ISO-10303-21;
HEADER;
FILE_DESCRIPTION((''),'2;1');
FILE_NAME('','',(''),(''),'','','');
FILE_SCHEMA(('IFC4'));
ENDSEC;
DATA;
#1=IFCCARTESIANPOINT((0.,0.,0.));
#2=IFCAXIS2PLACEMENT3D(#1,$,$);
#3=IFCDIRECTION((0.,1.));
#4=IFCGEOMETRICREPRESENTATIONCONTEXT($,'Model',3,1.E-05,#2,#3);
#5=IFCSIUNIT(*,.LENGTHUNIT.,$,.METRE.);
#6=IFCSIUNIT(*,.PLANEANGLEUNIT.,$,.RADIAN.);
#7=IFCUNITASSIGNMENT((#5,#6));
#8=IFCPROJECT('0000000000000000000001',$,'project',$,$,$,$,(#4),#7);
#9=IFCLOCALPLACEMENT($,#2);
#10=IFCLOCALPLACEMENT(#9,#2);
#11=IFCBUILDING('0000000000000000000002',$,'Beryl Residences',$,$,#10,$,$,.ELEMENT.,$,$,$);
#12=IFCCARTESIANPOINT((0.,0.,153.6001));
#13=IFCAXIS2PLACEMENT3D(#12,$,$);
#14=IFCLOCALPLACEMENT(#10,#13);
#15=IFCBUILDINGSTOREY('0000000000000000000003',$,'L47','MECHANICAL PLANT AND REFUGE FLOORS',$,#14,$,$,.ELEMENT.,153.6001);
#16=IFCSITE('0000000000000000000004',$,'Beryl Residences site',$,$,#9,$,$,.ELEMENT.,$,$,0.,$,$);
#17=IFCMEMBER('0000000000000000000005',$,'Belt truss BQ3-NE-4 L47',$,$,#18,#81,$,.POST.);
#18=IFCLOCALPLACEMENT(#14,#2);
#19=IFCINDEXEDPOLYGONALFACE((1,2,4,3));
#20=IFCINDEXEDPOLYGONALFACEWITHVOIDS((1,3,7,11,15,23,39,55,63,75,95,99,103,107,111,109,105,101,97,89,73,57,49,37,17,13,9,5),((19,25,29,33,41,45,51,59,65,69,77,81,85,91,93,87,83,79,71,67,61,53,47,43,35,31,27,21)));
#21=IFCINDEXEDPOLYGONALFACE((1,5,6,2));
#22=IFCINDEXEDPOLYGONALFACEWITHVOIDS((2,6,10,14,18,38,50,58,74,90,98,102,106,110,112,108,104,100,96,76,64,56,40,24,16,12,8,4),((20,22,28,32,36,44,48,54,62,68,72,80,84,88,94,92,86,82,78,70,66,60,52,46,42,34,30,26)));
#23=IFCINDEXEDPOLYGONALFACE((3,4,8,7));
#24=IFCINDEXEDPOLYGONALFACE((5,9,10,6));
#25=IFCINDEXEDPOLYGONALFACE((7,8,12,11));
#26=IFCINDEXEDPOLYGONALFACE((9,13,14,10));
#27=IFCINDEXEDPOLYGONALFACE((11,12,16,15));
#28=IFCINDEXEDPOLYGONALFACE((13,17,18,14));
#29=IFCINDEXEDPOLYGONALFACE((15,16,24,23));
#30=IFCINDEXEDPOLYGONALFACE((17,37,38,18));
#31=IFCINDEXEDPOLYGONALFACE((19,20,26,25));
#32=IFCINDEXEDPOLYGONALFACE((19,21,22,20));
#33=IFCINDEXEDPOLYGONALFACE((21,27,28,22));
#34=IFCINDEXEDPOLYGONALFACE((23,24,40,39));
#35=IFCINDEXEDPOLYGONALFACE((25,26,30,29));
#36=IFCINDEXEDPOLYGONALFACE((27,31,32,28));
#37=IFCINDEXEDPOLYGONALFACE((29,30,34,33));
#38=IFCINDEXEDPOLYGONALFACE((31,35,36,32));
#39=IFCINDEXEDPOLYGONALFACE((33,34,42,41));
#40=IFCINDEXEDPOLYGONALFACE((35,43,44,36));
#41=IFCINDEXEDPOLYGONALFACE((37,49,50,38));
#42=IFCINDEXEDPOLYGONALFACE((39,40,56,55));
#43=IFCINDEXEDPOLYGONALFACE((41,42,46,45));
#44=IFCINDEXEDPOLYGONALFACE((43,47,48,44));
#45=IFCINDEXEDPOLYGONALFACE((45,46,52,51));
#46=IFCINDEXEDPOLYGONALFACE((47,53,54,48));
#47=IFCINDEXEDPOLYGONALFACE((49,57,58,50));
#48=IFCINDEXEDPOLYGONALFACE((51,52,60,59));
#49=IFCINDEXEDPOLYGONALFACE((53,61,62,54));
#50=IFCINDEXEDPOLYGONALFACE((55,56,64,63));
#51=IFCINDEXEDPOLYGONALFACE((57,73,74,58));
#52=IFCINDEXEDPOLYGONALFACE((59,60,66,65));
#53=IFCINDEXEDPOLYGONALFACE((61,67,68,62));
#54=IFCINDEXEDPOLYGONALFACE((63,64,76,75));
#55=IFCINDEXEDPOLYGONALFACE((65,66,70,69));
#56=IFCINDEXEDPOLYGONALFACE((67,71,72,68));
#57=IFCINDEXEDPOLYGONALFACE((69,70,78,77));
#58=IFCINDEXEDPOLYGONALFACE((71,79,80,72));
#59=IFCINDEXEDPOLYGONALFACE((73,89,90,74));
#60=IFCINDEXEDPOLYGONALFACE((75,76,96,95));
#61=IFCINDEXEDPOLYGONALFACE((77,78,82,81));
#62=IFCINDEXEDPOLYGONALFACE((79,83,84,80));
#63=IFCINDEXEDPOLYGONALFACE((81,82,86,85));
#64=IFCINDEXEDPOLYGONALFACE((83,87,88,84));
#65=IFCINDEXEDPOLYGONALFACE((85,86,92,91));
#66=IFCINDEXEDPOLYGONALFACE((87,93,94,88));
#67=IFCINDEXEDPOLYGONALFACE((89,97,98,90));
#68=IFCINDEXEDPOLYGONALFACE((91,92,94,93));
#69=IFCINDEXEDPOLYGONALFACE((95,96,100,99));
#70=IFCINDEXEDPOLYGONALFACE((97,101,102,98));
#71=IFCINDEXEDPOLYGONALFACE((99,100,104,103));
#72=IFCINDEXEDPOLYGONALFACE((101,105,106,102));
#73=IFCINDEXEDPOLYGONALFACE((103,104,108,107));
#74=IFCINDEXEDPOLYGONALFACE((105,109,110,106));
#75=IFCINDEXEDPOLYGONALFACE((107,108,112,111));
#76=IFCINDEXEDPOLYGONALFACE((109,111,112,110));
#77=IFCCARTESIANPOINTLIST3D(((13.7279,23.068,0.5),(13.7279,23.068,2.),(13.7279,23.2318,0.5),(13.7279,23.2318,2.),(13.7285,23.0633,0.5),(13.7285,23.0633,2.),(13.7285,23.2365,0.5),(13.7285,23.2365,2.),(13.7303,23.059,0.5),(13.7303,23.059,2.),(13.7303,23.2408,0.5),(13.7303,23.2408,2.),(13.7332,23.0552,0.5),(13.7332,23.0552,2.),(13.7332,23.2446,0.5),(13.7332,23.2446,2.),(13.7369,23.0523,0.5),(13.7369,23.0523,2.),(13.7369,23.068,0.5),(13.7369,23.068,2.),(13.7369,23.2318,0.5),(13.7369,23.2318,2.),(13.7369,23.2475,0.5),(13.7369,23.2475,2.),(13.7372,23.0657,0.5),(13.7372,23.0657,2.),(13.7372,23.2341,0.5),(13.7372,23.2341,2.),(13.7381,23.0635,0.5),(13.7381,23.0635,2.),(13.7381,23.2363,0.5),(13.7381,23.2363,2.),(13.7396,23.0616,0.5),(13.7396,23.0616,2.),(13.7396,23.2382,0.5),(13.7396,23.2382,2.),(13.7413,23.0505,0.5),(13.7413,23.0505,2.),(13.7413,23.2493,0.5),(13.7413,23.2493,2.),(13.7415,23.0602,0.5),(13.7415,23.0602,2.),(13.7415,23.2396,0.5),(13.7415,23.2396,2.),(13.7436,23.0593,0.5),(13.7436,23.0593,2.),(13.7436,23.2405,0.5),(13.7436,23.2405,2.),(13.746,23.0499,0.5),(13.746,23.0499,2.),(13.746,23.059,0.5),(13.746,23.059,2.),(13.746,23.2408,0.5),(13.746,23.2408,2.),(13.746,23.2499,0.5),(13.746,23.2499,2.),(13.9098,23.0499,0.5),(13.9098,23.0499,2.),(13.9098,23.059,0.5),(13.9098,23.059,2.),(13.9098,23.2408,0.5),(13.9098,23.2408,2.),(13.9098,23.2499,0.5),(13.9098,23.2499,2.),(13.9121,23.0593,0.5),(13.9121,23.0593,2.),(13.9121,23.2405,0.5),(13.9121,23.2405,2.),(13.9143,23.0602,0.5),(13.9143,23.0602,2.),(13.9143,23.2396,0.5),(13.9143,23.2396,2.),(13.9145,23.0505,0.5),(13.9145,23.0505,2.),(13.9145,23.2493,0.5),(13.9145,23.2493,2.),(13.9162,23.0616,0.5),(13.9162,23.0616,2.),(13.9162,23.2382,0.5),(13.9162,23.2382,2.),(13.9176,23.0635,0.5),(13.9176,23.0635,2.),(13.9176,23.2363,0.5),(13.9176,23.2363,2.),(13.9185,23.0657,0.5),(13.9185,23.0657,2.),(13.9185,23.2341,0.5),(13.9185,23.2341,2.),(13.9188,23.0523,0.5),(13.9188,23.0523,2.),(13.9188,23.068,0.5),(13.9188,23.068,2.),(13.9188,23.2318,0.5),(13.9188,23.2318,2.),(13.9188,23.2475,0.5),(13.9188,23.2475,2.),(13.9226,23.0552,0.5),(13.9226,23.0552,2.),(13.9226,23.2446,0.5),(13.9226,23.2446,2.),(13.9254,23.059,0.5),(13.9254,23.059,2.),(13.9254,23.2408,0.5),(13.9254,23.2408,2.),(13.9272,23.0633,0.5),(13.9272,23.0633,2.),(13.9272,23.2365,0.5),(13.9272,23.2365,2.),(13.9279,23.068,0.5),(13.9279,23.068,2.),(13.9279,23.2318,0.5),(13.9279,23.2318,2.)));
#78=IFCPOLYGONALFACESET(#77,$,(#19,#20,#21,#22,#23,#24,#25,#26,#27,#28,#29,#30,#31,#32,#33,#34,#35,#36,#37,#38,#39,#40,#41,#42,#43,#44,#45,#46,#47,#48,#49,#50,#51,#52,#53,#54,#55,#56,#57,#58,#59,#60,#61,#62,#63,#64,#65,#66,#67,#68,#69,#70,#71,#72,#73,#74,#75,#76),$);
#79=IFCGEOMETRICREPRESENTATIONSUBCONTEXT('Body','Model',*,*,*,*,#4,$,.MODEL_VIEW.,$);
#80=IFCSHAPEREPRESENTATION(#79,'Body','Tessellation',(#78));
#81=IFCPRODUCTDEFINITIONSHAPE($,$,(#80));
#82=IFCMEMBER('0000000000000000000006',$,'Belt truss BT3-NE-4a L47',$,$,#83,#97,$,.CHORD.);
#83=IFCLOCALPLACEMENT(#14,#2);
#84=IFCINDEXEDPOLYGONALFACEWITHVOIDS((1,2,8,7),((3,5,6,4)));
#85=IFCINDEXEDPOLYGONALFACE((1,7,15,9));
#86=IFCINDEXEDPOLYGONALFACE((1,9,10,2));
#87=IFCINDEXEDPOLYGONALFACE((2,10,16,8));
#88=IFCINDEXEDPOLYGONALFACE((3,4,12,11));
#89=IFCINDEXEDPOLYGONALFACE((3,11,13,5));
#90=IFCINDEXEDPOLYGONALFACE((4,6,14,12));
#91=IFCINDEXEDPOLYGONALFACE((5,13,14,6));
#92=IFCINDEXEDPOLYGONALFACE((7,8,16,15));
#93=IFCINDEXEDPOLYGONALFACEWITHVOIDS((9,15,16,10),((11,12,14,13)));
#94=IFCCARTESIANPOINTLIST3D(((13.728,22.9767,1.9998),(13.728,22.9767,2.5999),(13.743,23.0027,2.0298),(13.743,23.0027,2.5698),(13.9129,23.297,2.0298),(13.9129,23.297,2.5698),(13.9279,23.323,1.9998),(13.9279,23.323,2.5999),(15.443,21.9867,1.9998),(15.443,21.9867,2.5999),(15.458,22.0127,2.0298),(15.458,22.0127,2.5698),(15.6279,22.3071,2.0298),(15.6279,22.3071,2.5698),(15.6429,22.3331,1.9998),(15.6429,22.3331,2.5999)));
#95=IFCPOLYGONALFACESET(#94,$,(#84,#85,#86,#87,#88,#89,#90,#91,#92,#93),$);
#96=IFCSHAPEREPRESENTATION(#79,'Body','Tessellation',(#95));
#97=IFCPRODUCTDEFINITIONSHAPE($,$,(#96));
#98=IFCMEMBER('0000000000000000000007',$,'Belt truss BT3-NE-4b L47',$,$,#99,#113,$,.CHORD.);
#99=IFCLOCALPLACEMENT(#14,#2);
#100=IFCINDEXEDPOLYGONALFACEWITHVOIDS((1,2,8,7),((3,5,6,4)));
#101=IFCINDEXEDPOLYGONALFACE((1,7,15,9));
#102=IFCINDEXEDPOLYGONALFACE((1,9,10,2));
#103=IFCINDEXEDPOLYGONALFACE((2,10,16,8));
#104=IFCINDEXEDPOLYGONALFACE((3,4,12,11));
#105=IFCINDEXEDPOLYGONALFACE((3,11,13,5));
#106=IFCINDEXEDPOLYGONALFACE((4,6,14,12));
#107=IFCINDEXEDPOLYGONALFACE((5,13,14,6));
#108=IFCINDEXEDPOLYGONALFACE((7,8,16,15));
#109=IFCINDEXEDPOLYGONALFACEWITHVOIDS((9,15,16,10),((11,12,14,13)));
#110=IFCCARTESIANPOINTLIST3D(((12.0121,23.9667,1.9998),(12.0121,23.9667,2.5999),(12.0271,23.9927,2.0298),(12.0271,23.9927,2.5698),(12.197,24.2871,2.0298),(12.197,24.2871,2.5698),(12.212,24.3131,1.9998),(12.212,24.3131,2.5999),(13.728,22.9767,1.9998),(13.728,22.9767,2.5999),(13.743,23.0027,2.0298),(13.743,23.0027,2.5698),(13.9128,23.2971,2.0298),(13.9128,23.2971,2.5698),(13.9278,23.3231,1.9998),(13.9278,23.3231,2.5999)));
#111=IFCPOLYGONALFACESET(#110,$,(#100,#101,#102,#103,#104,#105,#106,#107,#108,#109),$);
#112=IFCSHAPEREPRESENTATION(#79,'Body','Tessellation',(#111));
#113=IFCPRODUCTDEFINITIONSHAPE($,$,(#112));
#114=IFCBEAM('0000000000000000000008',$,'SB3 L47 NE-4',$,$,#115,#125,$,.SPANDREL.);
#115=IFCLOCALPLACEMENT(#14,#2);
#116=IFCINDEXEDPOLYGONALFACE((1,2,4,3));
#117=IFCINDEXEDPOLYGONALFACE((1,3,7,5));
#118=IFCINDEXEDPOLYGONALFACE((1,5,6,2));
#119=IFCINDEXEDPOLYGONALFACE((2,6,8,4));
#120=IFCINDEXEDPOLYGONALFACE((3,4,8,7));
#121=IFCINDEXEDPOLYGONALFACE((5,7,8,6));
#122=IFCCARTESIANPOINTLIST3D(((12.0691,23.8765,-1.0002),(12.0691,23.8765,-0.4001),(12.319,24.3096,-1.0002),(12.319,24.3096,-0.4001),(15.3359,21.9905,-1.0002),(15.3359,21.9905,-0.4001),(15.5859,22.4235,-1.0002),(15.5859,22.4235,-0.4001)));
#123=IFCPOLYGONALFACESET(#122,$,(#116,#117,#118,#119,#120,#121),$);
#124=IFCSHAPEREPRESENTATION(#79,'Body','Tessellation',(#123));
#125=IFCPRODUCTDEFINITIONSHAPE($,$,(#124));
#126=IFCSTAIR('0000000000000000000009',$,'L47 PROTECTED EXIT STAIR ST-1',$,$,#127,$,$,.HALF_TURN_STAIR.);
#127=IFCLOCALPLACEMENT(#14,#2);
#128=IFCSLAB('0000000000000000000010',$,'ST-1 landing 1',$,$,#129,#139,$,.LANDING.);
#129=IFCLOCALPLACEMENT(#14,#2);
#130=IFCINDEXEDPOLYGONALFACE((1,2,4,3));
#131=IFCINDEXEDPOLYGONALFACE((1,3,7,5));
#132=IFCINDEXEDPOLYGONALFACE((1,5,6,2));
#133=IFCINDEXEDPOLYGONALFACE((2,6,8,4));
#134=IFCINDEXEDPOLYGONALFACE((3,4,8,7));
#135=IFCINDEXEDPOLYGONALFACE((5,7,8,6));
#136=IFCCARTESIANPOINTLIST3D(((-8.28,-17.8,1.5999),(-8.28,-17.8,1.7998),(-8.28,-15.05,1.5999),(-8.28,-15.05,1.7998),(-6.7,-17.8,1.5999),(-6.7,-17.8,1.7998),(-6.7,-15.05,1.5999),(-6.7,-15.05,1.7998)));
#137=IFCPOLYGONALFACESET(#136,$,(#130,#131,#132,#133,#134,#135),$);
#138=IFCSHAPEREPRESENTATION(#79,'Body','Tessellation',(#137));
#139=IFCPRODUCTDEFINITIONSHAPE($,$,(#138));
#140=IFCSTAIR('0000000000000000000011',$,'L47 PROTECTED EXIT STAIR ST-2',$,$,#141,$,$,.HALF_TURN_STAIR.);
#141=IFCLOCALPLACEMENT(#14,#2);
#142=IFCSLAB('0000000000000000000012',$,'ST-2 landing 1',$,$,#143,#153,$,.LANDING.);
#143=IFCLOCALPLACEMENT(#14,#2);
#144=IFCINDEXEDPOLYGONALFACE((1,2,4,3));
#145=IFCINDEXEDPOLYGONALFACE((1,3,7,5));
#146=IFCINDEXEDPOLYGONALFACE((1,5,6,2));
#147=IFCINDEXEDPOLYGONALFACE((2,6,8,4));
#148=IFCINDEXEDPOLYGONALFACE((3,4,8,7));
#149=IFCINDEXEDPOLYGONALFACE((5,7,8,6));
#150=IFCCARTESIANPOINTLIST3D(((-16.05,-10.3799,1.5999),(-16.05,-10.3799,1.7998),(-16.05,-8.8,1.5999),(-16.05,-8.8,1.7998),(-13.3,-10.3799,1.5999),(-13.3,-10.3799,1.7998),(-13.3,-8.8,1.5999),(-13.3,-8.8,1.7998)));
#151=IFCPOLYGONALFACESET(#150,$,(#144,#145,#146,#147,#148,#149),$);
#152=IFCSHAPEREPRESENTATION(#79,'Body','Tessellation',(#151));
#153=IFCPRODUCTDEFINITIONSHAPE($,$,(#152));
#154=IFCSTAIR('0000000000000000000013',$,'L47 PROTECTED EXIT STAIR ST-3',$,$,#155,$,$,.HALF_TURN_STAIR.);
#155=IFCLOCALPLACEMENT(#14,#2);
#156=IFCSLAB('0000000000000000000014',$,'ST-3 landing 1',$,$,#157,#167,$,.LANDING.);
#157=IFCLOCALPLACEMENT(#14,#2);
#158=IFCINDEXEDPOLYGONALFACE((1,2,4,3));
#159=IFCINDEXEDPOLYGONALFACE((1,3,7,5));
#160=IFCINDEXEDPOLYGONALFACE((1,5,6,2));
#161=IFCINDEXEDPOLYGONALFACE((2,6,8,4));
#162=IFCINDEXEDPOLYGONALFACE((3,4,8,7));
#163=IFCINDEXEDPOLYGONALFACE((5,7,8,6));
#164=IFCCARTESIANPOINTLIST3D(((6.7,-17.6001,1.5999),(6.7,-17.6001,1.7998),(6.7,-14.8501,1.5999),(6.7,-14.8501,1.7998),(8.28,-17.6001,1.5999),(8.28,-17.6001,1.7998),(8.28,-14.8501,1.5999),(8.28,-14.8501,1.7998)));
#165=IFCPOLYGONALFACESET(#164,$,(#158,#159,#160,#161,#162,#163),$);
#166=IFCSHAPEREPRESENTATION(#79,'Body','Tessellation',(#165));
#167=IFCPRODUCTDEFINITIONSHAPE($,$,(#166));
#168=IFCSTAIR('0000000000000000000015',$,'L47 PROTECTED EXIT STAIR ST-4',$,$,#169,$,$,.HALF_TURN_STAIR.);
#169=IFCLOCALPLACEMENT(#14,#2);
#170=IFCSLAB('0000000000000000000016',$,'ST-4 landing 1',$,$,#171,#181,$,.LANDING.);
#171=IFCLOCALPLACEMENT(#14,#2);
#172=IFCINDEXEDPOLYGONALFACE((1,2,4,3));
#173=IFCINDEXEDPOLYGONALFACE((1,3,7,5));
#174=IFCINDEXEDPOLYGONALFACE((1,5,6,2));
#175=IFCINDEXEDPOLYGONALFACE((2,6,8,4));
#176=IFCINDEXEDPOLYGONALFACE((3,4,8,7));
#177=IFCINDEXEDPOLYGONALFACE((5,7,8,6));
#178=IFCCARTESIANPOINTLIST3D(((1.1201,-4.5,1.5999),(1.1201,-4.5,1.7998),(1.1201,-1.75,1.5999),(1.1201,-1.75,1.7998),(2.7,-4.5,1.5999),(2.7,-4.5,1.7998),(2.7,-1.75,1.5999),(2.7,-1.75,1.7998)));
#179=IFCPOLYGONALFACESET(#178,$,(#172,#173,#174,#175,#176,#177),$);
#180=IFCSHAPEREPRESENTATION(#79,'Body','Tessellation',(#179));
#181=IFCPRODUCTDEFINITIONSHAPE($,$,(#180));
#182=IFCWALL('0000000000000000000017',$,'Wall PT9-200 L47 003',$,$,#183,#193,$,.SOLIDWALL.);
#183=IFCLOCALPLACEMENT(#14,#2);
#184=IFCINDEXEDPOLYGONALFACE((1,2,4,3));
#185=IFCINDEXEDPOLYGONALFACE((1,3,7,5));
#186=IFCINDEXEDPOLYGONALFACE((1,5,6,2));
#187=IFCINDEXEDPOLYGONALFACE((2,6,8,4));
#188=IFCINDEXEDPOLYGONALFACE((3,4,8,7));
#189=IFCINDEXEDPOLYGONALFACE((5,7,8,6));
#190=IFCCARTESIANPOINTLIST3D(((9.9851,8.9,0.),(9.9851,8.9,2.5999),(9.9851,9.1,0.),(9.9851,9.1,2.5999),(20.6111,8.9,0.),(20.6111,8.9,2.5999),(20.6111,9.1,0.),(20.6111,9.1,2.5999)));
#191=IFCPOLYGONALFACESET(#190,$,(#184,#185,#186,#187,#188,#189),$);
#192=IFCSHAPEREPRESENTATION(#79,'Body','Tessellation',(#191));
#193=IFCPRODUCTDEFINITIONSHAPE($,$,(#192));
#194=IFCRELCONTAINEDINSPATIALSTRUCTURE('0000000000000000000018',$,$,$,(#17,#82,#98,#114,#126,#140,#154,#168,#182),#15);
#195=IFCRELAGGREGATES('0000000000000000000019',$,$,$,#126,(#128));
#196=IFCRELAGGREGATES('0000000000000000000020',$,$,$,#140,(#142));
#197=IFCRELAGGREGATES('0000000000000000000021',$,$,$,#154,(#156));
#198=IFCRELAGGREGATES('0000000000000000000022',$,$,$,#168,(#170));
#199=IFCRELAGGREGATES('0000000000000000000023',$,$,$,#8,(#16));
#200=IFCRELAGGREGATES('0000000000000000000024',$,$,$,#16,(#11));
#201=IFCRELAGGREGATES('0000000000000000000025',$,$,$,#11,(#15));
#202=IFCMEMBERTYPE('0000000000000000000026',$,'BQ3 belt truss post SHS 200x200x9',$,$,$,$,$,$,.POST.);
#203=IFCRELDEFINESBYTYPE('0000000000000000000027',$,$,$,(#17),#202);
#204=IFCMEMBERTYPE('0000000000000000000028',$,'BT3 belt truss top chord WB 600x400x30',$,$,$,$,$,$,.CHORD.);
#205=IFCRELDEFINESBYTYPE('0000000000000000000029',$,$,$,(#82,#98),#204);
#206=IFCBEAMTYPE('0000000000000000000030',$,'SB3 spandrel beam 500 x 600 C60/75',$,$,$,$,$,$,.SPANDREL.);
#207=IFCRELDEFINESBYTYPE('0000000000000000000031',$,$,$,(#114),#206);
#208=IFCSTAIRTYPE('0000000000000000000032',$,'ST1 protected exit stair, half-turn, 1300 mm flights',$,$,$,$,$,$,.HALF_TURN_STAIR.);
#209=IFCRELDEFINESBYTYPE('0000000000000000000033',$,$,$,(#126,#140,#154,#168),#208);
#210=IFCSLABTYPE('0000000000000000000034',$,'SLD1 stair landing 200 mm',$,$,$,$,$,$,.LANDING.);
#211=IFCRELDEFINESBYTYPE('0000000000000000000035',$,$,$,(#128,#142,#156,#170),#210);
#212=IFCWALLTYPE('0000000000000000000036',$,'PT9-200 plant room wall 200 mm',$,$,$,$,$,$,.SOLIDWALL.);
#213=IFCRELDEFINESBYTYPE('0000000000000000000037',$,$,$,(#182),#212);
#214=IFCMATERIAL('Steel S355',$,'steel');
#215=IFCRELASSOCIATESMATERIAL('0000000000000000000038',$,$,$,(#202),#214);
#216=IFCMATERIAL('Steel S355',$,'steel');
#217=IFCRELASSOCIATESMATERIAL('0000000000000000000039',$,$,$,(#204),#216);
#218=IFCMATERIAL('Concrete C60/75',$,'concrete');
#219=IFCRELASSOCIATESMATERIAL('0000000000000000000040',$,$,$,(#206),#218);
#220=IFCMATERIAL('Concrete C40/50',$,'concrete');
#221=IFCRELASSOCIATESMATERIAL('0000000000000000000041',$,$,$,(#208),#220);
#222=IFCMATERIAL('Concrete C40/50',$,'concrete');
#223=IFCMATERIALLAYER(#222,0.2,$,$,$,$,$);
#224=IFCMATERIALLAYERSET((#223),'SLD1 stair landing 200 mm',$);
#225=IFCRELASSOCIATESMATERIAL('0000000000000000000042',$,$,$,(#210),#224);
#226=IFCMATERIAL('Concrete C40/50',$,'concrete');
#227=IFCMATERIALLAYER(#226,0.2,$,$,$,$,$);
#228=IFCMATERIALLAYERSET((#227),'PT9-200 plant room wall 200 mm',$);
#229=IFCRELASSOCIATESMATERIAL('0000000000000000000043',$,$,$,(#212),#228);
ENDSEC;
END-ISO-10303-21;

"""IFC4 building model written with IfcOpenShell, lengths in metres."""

from ifc_helpers import new_model, si_unit, direction, frame, frame_2d, origin, origin_2d, place, context, subcontext, project, spatial, polyline, rectangle, hollow_rectangle, outline, extrude, material, layer, layer_set, material_profile, profile_set, type_object, element, aggregate, save


model = new_model("IFC4")

# Units and contexts
model_context = context("Model", 3, precision=1e-05, world=origin(), true_north=direction((0.0, 1.0)))
body_context = subcontext(model_context, "Body", "Model", "MODEL_VIEW")
ifc_project = project(units=[si_unit("LENGTHUNIT", "METRE"), si_unit("PLANEANGLEUNIT", "RADIAN")], contexts=[model_context])

# Site, building, storey
site_placement = place(None, origin())
site = spatial("IfcSite", under=ifc_project, at=site_placement, Name="Beryl Residences site", CompositionType="ELEMENT", RefElevation=0.0)
building_placement = place(site_placement, origin())
building = spatial("IfcBuilding", under=site, at=building_placement, Name="Beryl Residences", CompositionType="ELEMENT")
storey_placement = place(building_placement, frame((0.0, 0.0, 153.6001)))
storey = spatial("IfcBuildingStorey", under=building, at=storey_placement, Name="L47", Description="MECHANICAL PLANT AND REFUGE FLOORS", CompositionType="ELEMENT", Elevation=153.6001)

# Members
ifc_material_1 = material(Name="Steel S355", Category="steel")
ifc_material_profile_1 = material_profile(ifc_material_1, hollow_rectangle(XDim=0.2, YDim=0.2, WallThickness=0.009, InnerFilletRadius=0.009, OuterFilletRadius=0.0181, at=origin_2d()))
ifc_profile_set_1 = profile_set([ifc_material_profile_1], Name="Steel S355")
member_type_1 = type_object("IfcMemberType", Name="BQ3 belt truss post SHS 200x200x9", PredefinedType="POST", material=ifc_profile_set_1)
member_1_placement = place(storey_placement, frame((13.8279, 23.1499, 0.5), z_axis=(0.0, 0.0, 1.0), x_axis=(1.0, 0.0, 0.0)))
element("IfcMember", 1, at=member_1_placement, inside=storey, type_object=member_type_1, Name="Belt truss BQ3-NE-4 L47", PredefinedType="POST", context=body_context, shape_type="SweptSolid", body=[
    extrude(hollow_rectangle(XDim=0.2, YDim=0.2, WallThickness=0.009, InnerFilletRadius=0.009, OuterFilletRadius=0.0181, at=origin_2d()), origin(), (0.0, 0.0, 1.0), 1.5),
])
ifc_material_2 = material(Name="Steel S355", Category="steel")
ifc_material_profile_2 = material_profile(ifc_material_2, hollow_rectangle(XDim=0.3999, YDim=0.6001, WallThickness=0.03, at=origin_2d()))
ifc_profile_set_2 = profile_set([ifc_material_profile_2], Name="Steel S355")
member_type_2 = type_object("IfcMemberType", Name="BT3 belt truss top chord WB 600x400x30", PredefinedType="CHORD", material=ifc_profile_set_2)
member_2_placement = place(storey_placement, frame((15.543, 22.1599, 2.2998), z_axis=(-0.866073, 0.499918, 0.0), x_axis=(-0.499918, -0.866073, 0.0)))
element("IfcMember", 2, at=member_2_placement, inside=storey, type_object=member_type_2, Name="Belt truss BT3-NE-4a L47", PredefinedType="CHORD", context=body_context, shape_type="SweptSolid", body=[
    extrude(hollow_rectangle(XDim=0.3999, YDim=0.6001, WallThickness=0.03, at=origin_2d()), origin(), (0.0, 0.0, 1.0), 1.9802),
])
member_3_placement = place(storey_placement, frame((13.8279, 23.1499, 2.2998), z_axis=(-0.866165, 0.499758, 0.0), x_axis=(-0.499758, -0.866165, 0.0)))
element("IfcMember", 3, at=member_3_placement, inside=storey, type_object=member_type_2, Name="Belt truss BT3-NE-4b L47", PredefinedType="CHORD", context=body_context, shape_type="SweptSolid", body=[
    extrude(hollow_rectangle(XDim=0.3999, YDim=0.6001, WallThickness=0.03, at=origin_2d()), origin(), (0.0, 0.0, 1.0), 1.981),
])

# Beam
ifc_material_3 = material(Name="Concrete C60/75", Category="concrete")
ifc_material_profile_3 = material_profile(ifc_material_3, rectangle(XDim=0.5, YDim=0.6001, at=origin_2d()))
ifc_profile_set_3 = profile_set([ifc_material_profile_3], Name="Concrete C60/75")
beam_type = type_object("IfcBeamType", Name="SB3 spandrel beam 500 x 600 C60/75", PredefinedType="SPANDREL", material=ifc_profile_set_3)
beam_placement = place(storey_placement, frame((15.4609, 22.207, -0.7002), z_axis=(-0.86604, 0.499975, 0.0), x_axis=(-0.499975, -0.86604, 0.0)))
element("IfcBeam", 4, at=beam_placement, inside=storey, type_object=beam_type, Name="SB3 L47 NE-4", PredefinedType="SPANDREL", context=body_context, shape_type="SweptSolid", body=[
    extrude(rectangle(XDim=0.5, YDim=0.6001, at=origin_2d()), origin(), (0.0, 0.0, 1.0), 3.7722),
])

# Stairs, slabs
ifc_material_4 = material(Name="Concrete C40/50", Category="concrete")
stair_type = type_object("IfcStairType", Name="ST1 protected exit stair, half-turn, 1300 mm flights", PredefinedType="HALF_TURN_STAIR", material=ifc_material_4)
stair_1_placement = place(storey_placement, origin())
stair_1 = element("IfcStair", 5, at=stair_1_placement, inside=storey, type_object=stair_type, Name="L47 PROTECTED EXIT STAIR ST-1", PredefinedType="HALF_TURN_STAIR")
ifc_material_5 = material(Name="Concrete C40/50", Category="concrete")
ifc_layer_1 = layer(ifc_material_5, 0.2)
ifc_layer_set_1 = layer_set([ifc_layer_1], Name="SLD1 stair landing 200 mm")
slab_type_1 = type_object("IfcSlabType", Name="SLD1 stair landing 200 mm", PredefinedType="LANDING", material=ifc_layer_set_1)
slab_1_placement = place(storey_placement, frame((0.0, 0.0, 1.5999)))
slab_1 = element("IfcSlab", 6, at=slab_1_placement, type_object=slab_type_1, Name="ST-1 landing 1", PredefinedType="LANDING", context=body_context, shape_type="SweptSolid", body=[
    extrude(outline(polyline([(-8.28, -17.8), (-6.7, -17.8), (-6.7, -15.05), (-8.28, -15.05), (-8.28, -17.8)])), origin(), (0.0, 0.0, 1.0), 0.2),
])
aggregate(stair_1, [slab_1])
stair_2_placement = place(storey_placement, origin())
stair_2 = element("IfcStair", 7, at=stair_2_placement, inside=storey, type_object=stair_type, Name="L47 PROTECTED EXIT STAIR ST-2", PredefinedType="HALF_TURN_STAIR")
slab_2_placement = place(storey_placement, frame((0.0, 0.0, 1.5999)))
slab_2 = element("IfcSlab", 8, at=slab_2_placement, type_object=slab_type_1, Name="ST-2 landing 1", PredefinedType="LANDING", context=body_context, shape_type="SweptSolid", body=[
    extrude(outline(polyline([(-13.3, -10.3799), (-13.3, -8.8), (-16.05, -8.8), (-16.05, -10.3799), (-13.3, -10.3799)])), origin(), (0.0, 0.0, 1.0), 0.2),
])
aggregate(stair_2, [slab_2])
stair_3_placement = place(storey_placement, origin())
stair_3 = element("IfcStair", 9, at=stair_3_placement, inside=storey, type_object=stair_type, Name="L47 PROTECTED EXIT STAIR ST-3", PredefinedType="HALF_TURN_STAIR")
slab_3_placement = place(storey_placement, frame((0.0, 0.0, 1.5999)))
slab_3 = element("IfcSlab", 10, at=slab_3_placement, type_object=slab_type_1, Name="ST-3 landing 1", PredefinedType="LANDING", context=body_context, shape_type="SweptSolid", body=[
    extrude(outline(polyline([(8.28, -14.8501), (6.7, -14.8501), (6.7, -17.6001), (8.28, -17.6001), (8.28, -14.8501)])), origin(), (0.0, 0.0, 1.0), 0.2),
])
aggregate(stair_3, [slab_3])
stair_4_placement = place(storey_placement, origin())
stair_4 = element("IfcStair", 11, at=stair_4_placement, inside=storey, type_object=stair_type, Name="L47 PROTECTED EXIT STAIR ST-4", PredefinedType="HALF_TURN_STAIR")
slab_4_placement = place(storey_placement, frame((0.0, 0.0, 1.5999)))
slab_4 = element("IfcSlab", 12, at=slab_4_placement, type_object=slab_type_1, Name="ST-4 landing 1", PredefinedType="LANDING", context=body_context, shape_type="SweptSolid", body=[
    extrude(outline(polyline([(1.1201, -4.5), (2.7, -4.5), (2.7, -1.75), (1.1201, -1.75), (1.1201, -4.5)])), origin(), (0.0, 0.0, 1.0), 0.2),
])
aggregate(stair_4, [slab_4])

# Wall
ifc_material_6 = material(Name="Concrete C40/50", Category="concrete")
ifc_layer_2 = layer(ifc_material_6, 0.2)
ifc_layer_set_2 = layer_set([ifc_layer_2], Name="PT9-200 plant room wall 200 mm")
wall_type = type_object("IfcWallType", Name="PT9-200 plant room wall 200 mm", PredefinedType="SOLIDWALL", material=ifc_layer_set_2)
wall_1_placement = place(storey_placement, frame((9.9851, 9.0, 0.0), z_axis=(0.0, 0.0, 1.0), x_axis=(1.0, 0.0, 0.0)))
element("IfcWall", 13, at=wall_1_placement, inside=storey, type_object=wall_type, Name="Wall PT9-200 L47 003", PredefinedType="SOLIDWALL", context=body_context, shape_type="SweptSolid", body=[
    extrude(rectangle(XDim=10.626, YDim=0.2, at=frame_2d((5.313, 0.0))), origin(), (0.0, 0.0, 1.0), 2.5999),
])

save(model, "model.ifc")
